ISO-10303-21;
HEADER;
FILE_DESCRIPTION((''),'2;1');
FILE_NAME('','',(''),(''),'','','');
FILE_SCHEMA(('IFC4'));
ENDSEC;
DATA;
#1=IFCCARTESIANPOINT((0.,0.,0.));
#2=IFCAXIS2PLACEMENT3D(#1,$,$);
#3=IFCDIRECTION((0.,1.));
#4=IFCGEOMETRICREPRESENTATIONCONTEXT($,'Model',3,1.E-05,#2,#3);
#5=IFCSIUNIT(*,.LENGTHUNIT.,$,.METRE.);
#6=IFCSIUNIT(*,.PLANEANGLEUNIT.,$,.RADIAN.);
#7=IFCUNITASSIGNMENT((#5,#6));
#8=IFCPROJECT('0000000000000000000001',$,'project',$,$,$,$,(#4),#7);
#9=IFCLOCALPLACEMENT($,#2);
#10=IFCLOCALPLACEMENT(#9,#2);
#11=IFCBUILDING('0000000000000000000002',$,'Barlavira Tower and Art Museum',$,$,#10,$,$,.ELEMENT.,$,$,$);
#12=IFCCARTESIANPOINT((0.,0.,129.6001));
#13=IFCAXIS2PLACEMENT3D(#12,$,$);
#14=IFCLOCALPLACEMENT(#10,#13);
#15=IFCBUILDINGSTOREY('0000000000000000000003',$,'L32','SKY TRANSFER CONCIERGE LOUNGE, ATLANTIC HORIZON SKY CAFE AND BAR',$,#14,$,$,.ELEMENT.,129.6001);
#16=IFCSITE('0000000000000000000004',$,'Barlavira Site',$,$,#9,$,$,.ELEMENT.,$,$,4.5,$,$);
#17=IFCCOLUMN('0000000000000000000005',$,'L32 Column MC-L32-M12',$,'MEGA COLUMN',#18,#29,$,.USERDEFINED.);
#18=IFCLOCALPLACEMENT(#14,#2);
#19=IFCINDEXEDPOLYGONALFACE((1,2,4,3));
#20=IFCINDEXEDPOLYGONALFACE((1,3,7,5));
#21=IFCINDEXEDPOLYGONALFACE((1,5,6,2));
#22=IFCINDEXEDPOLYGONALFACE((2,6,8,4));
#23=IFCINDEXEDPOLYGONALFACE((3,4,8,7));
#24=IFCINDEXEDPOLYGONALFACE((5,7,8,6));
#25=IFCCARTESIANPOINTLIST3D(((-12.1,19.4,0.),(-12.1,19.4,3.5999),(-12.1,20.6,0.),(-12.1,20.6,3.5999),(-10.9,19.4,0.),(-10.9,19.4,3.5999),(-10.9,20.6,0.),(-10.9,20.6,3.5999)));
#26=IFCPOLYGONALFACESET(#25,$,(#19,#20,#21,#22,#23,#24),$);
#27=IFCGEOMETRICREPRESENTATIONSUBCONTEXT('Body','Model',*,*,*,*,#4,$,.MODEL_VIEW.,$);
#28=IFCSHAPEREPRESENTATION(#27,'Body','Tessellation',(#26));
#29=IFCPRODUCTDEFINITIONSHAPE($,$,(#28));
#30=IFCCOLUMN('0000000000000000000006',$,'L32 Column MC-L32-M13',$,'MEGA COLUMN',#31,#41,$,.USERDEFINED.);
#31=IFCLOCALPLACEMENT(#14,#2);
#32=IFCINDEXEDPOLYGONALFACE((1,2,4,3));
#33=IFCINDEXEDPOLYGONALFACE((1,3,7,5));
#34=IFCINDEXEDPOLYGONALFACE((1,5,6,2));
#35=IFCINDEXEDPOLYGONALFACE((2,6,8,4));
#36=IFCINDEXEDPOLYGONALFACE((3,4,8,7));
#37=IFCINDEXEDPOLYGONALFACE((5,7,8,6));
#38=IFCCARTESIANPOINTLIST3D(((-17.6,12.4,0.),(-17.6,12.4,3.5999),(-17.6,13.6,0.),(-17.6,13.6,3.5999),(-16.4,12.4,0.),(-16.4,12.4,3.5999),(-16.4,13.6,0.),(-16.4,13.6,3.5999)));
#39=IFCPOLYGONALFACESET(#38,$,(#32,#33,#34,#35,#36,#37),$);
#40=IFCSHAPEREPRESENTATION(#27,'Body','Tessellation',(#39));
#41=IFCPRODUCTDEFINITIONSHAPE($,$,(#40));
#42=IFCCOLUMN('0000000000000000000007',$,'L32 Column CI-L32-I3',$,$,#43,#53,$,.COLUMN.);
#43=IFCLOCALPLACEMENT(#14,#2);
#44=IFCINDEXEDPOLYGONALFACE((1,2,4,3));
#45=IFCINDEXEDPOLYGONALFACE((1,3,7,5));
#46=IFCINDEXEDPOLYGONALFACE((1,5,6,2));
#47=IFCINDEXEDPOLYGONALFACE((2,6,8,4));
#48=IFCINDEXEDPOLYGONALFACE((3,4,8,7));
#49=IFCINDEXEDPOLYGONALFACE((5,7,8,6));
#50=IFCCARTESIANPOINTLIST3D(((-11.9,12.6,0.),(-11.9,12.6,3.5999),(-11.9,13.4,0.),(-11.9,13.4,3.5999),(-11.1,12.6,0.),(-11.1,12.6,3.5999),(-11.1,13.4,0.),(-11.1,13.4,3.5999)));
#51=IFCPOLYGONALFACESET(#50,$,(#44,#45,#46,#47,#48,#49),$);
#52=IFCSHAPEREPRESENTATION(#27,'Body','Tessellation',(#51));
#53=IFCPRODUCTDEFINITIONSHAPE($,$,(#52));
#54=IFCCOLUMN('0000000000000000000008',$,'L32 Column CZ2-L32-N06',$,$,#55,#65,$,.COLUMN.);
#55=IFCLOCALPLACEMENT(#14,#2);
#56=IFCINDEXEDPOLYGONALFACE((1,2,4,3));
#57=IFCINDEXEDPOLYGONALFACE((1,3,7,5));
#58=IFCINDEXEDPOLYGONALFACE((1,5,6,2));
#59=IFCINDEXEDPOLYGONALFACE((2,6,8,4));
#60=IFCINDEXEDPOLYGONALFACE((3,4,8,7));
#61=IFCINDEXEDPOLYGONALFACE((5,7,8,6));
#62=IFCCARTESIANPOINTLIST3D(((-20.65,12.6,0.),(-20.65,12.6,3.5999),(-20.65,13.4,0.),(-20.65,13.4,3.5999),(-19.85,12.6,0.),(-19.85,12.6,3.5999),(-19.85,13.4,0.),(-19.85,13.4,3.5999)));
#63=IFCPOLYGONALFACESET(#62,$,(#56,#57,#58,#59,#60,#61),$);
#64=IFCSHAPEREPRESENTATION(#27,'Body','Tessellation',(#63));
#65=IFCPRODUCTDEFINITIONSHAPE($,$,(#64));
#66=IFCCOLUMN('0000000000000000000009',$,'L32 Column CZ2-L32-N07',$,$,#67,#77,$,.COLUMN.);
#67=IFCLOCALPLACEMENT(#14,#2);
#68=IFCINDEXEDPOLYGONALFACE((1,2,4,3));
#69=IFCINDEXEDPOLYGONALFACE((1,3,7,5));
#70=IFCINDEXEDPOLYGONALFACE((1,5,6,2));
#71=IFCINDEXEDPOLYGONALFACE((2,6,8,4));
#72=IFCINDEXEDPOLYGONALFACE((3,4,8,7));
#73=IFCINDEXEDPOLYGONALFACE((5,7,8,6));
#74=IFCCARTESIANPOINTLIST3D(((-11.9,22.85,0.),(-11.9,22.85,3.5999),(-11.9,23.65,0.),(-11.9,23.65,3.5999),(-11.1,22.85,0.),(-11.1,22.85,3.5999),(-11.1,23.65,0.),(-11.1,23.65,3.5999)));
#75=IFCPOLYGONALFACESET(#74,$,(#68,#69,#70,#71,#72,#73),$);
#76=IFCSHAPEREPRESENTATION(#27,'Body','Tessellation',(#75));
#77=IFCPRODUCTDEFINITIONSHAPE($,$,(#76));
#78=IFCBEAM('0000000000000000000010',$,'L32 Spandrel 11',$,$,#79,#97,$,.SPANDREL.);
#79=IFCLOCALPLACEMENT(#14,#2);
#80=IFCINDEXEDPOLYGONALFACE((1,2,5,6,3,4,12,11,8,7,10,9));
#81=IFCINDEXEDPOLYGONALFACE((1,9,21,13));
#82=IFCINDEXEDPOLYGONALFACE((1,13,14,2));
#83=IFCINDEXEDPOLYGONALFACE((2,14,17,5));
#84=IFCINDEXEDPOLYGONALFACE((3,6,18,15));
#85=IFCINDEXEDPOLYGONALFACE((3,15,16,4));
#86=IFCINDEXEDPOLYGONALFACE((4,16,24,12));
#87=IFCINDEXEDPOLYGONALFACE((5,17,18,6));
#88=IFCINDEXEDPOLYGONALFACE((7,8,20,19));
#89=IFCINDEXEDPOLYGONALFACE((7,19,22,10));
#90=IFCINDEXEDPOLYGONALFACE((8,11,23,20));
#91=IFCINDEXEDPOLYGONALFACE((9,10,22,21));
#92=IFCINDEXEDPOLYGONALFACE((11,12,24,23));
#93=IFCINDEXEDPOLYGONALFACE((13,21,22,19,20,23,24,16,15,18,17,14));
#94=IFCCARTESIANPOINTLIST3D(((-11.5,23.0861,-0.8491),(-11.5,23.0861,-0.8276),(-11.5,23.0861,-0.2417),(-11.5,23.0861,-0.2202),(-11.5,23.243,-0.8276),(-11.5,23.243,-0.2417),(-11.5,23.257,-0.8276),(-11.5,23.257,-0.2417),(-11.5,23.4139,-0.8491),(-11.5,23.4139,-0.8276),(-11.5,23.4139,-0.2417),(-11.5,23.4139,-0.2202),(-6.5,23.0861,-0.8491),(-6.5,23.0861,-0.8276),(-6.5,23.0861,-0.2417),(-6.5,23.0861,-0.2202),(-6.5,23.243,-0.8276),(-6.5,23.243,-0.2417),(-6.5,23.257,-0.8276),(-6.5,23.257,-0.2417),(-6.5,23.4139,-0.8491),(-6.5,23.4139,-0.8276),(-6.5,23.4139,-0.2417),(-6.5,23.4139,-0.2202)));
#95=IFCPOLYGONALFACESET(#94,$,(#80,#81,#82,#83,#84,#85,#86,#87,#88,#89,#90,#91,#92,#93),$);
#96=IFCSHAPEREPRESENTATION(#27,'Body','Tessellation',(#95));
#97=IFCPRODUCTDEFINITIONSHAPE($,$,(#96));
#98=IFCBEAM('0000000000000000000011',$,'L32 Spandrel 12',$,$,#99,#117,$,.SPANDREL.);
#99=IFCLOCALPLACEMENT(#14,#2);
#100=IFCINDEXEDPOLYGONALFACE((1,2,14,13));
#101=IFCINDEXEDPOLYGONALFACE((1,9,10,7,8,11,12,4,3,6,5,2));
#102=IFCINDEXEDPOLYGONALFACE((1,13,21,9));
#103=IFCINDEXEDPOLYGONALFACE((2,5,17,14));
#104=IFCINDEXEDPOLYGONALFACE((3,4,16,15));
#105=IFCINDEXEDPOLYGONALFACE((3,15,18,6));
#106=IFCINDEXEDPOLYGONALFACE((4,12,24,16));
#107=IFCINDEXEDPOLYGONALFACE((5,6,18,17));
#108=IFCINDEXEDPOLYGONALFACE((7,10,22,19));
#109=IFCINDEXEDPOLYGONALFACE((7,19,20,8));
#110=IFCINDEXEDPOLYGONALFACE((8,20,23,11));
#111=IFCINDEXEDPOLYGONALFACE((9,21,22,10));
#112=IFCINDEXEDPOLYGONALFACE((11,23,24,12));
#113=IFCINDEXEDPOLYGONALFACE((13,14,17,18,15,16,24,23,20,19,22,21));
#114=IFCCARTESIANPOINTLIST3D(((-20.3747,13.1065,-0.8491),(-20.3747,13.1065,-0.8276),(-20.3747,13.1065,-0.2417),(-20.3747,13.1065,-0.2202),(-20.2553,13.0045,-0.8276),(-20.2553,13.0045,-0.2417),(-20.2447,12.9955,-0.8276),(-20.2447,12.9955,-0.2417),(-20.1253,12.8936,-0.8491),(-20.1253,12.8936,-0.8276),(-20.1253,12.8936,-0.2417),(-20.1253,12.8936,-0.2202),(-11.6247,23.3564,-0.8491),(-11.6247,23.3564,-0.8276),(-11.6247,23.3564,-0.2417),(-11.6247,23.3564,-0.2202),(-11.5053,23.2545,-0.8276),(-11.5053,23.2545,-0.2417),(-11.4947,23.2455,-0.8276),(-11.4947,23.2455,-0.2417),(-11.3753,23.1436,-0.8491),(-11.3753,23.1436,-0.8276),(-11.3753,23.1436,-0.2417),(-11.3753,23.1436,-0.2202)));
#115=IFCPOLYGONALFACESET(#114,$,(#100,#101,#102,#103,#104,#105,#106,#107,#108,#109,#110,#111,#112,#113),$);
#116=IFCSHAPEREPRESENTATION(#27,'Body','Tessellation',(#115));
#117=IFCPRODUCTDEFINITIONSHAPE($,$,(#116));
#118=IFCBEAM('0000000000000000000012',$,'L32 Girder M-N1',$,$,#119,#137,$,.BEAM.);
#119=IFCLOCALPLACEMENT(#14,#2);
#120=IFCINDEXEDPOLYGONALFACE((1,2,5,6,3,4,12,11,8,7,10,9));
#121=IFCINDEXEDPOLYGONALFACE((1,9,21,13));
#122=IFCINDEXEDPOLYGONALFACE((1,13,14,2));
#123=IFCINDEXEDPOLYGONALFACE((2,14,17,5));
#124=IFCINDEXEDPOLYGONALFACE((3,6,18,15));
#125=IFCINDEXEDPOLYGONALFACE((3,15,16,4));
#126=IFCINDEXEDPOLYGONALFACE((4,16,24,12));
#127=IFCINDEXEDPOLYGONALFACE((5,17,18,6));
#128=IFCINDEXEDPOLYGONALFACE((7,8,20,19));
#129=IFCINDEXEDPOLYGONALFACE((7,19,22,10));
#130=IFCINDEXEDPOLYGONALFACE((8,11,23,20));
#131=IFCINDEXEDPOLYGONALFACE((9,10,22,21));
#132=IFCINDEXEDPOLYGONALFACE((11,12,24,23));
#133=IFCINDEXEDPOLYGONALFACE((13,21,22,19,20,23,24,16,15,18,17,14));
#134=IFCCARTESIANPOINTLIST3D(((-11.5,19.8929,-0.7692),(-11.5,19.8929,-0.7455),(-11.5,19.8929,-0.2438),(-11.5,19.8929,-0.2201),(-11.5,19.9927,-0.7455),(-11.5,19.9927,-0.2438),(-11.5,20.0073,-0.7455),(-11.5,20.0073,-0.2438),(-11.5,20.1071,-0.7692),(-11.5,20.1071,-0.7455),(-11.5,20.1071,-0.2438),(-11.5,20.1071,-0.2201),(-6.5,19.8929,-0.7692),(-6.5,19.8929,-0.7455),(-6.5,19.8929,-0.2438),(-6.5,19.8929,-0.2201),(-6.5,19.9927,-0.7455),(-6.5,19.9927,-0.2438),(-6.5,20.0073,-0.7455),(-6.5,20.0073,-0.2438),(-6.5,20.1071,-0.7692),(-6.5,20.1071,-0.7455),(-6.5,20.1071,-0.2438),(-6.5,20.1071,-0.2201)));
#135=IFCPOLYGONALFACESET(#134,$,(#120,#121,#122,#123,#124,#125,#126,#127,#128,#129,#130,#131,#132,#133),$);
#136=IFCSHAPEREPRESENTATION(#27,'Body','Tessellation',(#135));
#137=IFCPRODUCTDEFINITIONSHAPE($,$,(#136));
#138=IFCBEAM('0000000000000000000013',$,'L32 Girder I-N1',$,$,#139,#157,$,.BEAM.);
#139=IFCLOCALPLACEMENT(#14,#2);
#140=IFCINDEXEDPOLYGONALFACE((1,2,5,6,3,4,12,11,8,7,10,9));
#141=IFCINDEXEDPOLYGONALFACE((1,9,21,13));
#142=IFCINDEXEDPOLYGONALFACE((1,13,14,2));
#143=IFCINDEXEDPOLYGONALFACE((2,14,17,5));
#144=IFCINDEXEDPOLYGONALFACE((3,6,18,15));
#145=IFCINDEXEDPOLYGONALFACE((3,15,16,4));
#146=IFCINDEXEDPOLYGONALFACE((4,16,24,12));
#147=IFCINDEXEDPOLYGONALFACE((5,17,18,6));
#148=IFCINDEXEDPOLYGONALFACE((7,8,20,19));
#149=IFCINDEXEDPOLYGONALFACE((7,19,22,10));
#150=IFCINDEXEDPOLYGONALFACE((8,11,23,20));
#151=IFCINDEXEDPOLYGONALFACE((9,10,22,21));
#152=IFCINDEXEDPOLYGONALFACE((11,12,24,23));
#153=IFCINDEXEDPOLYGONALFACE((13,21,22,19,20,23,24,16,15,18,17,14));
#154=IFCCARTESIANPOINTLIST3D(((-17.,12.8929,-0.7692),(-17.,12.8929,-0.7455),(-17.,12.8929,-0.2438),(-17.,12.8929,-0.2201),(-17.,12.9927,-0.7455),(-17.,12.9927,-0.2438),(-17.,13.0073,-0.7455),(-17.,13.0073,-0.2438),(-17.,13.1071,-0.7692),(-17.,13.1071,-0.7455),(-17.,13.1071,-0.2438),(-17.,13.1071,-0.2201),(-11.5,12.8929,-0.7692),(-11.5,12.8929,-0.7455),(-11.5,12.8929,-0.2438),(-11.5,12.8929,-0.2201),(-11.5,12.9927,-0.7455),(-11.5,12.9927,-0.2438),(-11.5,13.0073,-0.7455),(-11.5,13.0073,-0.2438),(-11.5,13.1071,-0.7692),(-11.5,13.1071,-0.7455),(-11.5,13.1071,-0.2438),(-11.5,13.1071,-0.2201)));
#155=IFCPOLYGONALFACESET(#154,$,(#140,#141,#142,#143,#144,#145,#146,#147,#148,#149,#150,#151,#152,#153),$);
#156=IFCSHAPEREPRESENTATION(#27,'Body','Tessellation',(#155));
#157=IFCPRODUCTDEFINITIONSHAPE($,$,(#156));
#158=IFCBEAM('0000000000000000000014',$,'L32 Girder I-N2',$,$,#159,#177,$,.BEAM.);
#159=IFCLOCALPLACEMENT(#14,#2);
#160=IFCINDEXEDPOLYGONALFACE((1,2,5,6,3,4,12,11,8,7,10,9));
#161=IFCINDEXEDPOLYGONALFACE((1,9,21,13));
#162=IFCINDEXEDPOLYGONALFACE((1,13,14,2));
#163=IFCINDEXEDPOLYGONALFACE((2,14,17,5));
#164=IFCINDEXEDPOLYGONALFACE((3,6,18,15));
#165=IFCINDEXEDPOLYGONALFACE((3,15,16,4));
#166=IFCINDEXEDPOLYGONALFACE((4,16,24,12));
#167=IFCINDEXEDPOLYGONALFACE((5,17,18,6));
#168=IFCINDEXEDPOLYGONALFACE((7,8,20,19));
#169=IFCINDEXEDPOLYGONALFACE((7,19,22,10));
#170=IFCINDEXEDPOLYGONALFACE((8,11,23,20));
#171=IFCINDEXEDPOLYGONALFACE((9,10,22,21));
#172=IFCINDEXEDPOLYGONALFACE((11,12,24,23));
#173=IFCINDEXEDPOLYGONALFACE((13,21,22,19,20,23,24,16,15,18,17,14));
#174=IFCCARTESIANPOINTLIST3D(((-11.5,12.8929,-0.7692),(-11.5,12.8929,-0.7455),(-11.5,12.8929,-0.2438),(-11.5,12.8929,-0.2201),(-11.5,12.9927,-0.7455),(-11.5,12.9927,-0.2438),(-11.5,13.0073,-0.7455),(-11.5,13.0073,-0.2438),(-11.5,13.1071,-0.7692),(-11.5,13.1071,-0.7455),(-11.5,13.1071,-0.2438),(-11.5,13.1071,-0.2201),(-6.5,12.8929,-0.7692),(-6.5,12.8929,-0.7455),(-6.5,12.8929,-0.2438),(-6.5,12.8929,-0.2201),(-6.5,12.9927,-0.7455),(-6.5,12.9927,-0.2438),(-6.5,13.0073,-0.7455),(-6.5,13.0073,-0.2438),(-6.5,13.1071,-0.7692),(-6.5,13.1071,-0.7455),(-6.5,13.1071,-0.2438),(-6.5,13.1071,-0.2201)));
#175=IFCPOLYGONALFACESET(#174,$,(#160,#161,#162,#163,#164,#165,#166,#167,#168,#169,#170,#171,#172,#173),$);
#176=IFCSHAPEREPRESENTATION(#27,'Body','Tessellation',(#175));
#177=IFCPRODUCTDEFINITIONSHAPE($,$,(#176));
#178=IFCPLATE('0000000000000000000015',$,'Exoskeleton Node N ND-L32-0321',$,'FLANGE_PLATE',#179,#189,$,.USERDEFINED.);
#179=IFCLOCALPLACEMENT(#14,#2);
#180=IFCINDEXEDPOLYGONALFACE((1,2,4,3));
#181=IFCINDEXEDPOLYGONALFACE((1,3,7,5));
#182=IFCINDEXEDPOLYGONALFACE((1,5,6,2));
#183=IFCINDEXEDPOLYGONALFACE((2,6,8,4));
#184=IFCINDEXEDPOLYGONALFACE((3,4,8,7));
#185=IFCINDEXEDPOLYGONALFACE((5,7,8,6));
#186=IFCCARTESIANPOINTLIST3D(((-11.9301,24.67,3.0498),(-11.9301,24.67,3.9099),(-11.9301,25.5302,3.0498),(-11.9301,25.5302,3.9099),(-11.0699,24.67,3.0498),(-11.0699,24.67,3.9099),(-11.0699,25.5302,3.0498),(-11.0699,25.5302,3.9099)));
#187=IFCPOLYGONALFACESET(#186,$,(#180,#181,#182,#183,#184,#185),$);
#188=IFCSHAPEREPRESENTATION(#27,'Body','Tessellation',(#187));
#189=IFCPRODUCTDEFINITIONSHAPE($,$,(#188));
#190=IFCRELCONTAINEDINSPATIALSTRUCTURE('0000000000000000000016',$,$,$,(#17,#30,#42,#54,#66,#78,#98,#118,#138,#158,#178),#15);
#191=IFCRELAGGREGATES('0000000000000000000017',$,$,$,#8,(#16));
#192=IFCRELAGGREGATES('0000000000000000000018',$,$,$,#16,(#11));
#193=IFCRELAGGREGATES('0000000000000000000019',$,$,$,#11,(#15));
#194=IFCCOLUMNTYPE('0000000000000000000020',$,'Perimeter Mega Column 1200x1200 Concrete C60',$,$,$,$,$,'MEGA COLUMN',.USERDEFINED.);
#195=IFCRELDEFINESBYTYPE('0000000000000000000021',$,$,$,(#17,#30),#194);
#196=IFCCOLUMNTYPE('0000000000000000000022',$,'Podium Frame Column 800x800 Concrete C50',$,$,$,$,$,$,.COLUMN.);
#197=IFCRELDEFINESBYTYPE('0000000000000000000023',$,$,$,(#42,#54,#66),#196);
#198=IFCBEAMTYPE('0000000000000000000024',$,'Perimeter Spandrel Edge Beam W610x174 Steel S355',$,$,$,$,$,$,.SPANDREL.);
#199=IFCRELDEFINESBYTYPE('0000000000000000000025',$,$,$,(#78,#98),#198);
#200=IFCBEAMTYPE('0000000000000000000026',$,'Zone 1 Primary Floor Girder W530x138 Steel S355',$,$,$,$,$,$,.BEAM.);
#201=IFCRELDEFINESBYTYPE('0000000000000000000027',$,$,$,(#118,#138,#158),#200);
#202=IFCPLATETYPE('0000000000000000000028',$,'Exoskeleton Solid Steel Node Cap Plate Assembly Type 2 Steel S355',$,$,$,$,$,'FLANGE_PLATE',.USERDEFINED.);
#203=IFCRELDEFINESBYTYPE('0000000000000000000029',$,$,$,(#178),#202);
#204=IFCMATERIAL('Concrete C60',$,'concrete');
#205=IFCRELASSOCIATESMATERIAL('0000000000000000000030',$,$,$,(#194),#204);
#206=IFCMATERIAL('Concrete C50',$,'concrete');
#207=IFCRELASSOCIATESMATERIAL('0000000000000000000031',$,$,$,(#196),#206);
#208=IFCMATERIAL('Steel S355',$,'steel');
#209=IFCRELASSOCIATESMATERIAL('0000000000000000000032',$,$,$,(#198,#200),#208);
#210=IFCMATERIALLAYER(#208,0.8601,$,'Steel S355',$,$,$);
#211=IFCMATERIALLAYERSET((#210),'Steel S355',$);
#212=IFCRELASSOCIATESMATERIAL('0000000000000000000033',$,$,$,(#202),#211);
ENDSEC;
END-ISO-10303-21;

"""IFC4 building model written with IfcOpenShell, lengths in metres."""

from ifc_helpers import new_model, si_unit, direction, frame, origin, origin_2d, place, context, subcontext, project, spatial, rectangle, i_section, extrude, material, layer, layer_set, material_profile, profile_set, type_object, element, save


model = new_model("IFC4")

# Units and contexts
model_context = context("Model", 3, precision=1e-05, world=origin(), true_north=direction((0.0, 1.0)))
body_context = subcontext(model_context, "Body", "Model", "MODEL_VIEW")
ifc_project = project(units=[si_unit("LENGTHUNIT", "METRE"), si_unit("PLANEANGLEUNIT", "RADIAN")], contexts=[model_context])

# Site, building, storey
site_placement = place(None, origin())
site = spatial("IfcSite", under=ifc_project, at=site_placement, Name="Barlavira Site", CompositionType="ELEMENT", RefElevation=4.5)
building_placement = place(site_placement, origin())
building = spatial("IfcBuilding", under=site, at=building_placement, Name="Barlavira Tower and Art Museum", CompositionType="ELEMENT")
storey_placement = place(building_placement, frame((0.0, 0.0, 129.6001)))
storey = spatial("IfcBuildingStorey", under=building, at=storey_placement, Name="L32", Description="SKY TRANSFER CONCIERGE LOUNGE, ATLANTIC HORIZON SKY CAFE AND BAR", CompositionType="ELEMENT", Elevation=129.6001)

# Columns
ifc_material_1 = material(Name="Concrete C60", Category="concrete")
ifc_material_profile_1 = material_profile(ifc_material_1, rectangle(XDim=1.2, YDim=1.2, at=origin_2d()), Name="RC-COL 1200x1200")
ifc_profile_set_1 = profile_set([ifc_material_profile_1], Name="Concrete C60")
column_type_1 = type_object("IfcColumnType", Name="Perimeter Mega Column 1200x1200 Concrete C60", ElementType="MEGA COLUMN", PredefinedType="USERDEFINED", material=ifc_profile_set_1)
for number, where, z_axis, x_axis, name in (
    (1, (-11.5, 20.0, 0.0), (0.0, 0.0, 1.0), (1.0, 0.0, 0.0), "L32 Column MC-L32-M12"),
    (2, (-17.0, 13.0, 0.0), (0.0, 0.0, 1.0), (1.0, 0.0, 0.0), "L32 Column MC-L32-M13"),
):
    element("IfcColumn", number, at=place(storey_placement, frame(where, z_axis=z_axis, x_axis=x_axis)), inside=storey, type_object=column_type_1, Name=name, ObjectType="MEGA COLUMN", PredefinedType="USERDEFINED", context=body_context, shape_type="SweptSolid", body=[
        extrude(rectangle(XDim=1.2, YDim=1.2, at=origin_2d()), origin(), (0.0, 0.0, 1.0), 3.5999),
    ])
ifc_material_2 = material(Name="Concrete C50", Category="concrete")
ifc_material_profile_2 = material_profile(ifc_material_2, rectangle(XDim=0.8, YDim=0.8, at=origin_2d()), Name="RC-COL 800x800")
ifc_profile_set_2 = profile_set([ifc_material_profile_2], Name="Concrete C50")
column_type_2 = type_object("IfcColumnType", Name="Podium Frame Column 800x800 Concrete C50", PredefinedType="COLUMN", material=ifc_profile_set_2)
for number, where, z_axis, x_axis, name in (
    (3, (-11.5, 13.0, 0.0), (0.0, 0.0, 1.0), (1.0, 0.0, 0.0), "L32 Column CI-L32-I3"),
    (4, (-20.25, 13.0, 0.0), (0.0, 0.0, 1.0), (1.0, 0.0, 0.0), "L32 Column CZ2-L32-N06"),
    (5, (-11.5, 23.25, 0.0), (0.0, 0.0, 1.0), (1.0, 0.0, 0.0), "L32 Column CZ2-L32-N07"),
):
    element("IfcColumn", number, at=place(storey_placement, frame(where, z_axis=z_axis, x_axis=x_axis)), inside=storey, type_object=column_type_2, Name=name, PredefinedType="COLUMN", context=body_context, shape_type="SweptSolid", body=[
        extrude(rectangle(XDim=0.8, YDim=0.8, at=origin_2d()), origin(), (0.0, 0.0, 1.0), 3.5999),
    ])

# Beams
ifc_material_3 = material(Name="Steel S355", Category="steel")
ifc_material_profile_3 = material_profile(ifc_material_3, i_section(OverallWidth=0.3279, OverallDepth=0.6289, WebThickness=0.0139, FlangeThickness=0.0215, at=origin_2d()), Name="W610x174.0")
ifc_profile_set_3 = profile_set([ifc_material_profile_3], Name="Steel S355")
beam_type_1 = type_object("IfcBeamType", Name="Perimeter Spandrel Edge Beam W610x174 Steel S355", PredefinedType="SPANDREL", material=ifc_profile_set_3)
beam_1_placement = place(storey_placement, frame((-11.5, 23.25, -0.5347), z_axis=(1.0, 0.0, 0.0), x_axis=(0.0, 1.0, 0.0)))
element("IfcBeam", 6, at=beam_1_placement, inside=storey, type_object=beam_type_1, Name="L32 Spandrel 11", PredefinedType="SPANDREL", context=body_context, shape_type="SweptSolid", body=[
    extrude(i_section(OverallWidth=0.3279, OverallDepth=0.6289, WebThickness=0.0139, FlangeThickness=0.0215, at=origin_2d()), origin(), (0.0, 0.0, 1.0), 5.0),
])
beam_2_placement = place(storey_placement, frame((-11.5, 23.25, -0.5347), z_axis=(-0.649262, -0.760565, 0.0), x_axis=(0.760565, -0.649262, 0.0)))
element("IfcBeam", 7, at=beam_2_placement, inside=storey, type_object=beam_type_1, Name="L32 Spandrel 12", PredefinedType="SPANDREL", context=body_context, shape_type="SweptSolid", body=[
    extrude(i_section(OverallWidth=0.3279, OverallDepth=0.6289, WebThickness=0.0139, FlangeThickness=0.0215, at=origin_2d()), origin(), (0.0, 0.0, 1.0), 13.4768),
])
ifc_material_profile_4 = material_profile(ifc_material_3, i_section(OverallWidth=0.2141, OverallDepth=0.5491, WebThickness=0.0146, FlangeThickness=0.0237, at=origin_2d()), Name="W530x138.0")
ifc_profile_set_4 = profile_set([ifc_material_profile_4], Name="Steel S355")
beam_type_2 = type_object("IfcBeamType", Name="Zone 1 Primary Floor Girder W530x138 Steel S355", PredefinedType="BEAM", material=ifc_profile_set_4)
beam_3_placement = place(storey_placement, frame((-11.5, 20.0, -0.4946), z_axis=(1.0, 0.0, 0.0), x_axis=(0.0, 1.0, 0.0)))
element("IfcBeam", 8, at=beam_3_placement, inside=storey, type_object=beam_type_2, Name="L32 Girder M-N1", PredefinedType="BEAM", context=body_context, shape_type="SweptSolid", body=[
    extrude(i_section(OverallWidth=0.2141, OverallDepth=0.5491, WebThickness=0.0146, FlangeThickness=0.0237, at=origin_2d()), origin(), (0.0, 0.0, 1.0), 5.0),
])
beam_4_placement = place(storey_placement, frame((-17.0, 13.0, -0.4946), z_axis=(1.0, 0.0, 0.0), x_axis=(0.0, 1.0, 0.0)))
element("IfcBeam", 9, at=beam_4_placement, inside=storey, type_object=beam_type_2, Name="L32 Girder I-N1", PredefinedType="BEAM", context=body_context, shape_type="SweptSolid", body=[
    extrude(i_section(OverallWidth=0.2141, OverallDepth=0.5491, WebThickness=0.0146, FlangeThickness=0.0237, at=origin_2d()), origin(), (0.0, 0.0, 1.0), 5.5),
])
beam_5_placement = place(storey_placement, frame((-11.5, 13.0, -0.4946), z_axis=(1.0, 0.0, 0.0), x_axis=(0.0, 1.0, 0.0)))
element("IfcBeam", 10, at=beam_5_placement, inside=storey, type_object=beam_type_2, Name="L32 Girder I-N2", PredefinedType="BEAM", context=body_context, shape_type="SweptSolid", body=[
    extrude(i_section(OverallWidth=0.2141, OverallDepth=0.5491, WebThickness=0.0146, FlangeThickness=0.0237, at=origin_2d()), origin(), (0.0, 0.0, 1.0), 5.0),
])

# Plate
ifc_layer_1 = layer(ifc_material_3, 0.8601, Name="Steel S355")
ifc_layer_set_1 = layer_set([ifc_layer_1], Name="Steel S355")
plate_type = type_object("IfcPlateType", Name="Exoskeleton Solid Steel Node Cap Plate Assembly Type 2 Steel S355", ElementType="FLANGE_PLATE", PredefinedType="USERDEFINED", material=ifc_layer_set_1)
for number, where, z_axis, x_axis, name in (
    (11, (-11.5, 25.1001, 3.0498), (0.0, 0.0, 1.0), (1.0, 0.0, 0.0), "Exoskeleton Node N ND-L32-0321"),
):
    element("IfcPlate", number, at=place(storey_placement, frame(where, z_axis=z_axis, x_axis=x_axis)), inside=storey, type_object=plate_type, Name=name, ObjectType="FLANGE_PLATE", PredefinedType="USERDEFINED", context=body_context, shape_type="SweptSolid", body=[
        extrude(rectangle(XDim=0.8601, YDim=0.8601, at=origin_2d()), origin(), (0.0, 0.0, 1.0), 0.8601),
    ])

save(model, "model.ifc")
